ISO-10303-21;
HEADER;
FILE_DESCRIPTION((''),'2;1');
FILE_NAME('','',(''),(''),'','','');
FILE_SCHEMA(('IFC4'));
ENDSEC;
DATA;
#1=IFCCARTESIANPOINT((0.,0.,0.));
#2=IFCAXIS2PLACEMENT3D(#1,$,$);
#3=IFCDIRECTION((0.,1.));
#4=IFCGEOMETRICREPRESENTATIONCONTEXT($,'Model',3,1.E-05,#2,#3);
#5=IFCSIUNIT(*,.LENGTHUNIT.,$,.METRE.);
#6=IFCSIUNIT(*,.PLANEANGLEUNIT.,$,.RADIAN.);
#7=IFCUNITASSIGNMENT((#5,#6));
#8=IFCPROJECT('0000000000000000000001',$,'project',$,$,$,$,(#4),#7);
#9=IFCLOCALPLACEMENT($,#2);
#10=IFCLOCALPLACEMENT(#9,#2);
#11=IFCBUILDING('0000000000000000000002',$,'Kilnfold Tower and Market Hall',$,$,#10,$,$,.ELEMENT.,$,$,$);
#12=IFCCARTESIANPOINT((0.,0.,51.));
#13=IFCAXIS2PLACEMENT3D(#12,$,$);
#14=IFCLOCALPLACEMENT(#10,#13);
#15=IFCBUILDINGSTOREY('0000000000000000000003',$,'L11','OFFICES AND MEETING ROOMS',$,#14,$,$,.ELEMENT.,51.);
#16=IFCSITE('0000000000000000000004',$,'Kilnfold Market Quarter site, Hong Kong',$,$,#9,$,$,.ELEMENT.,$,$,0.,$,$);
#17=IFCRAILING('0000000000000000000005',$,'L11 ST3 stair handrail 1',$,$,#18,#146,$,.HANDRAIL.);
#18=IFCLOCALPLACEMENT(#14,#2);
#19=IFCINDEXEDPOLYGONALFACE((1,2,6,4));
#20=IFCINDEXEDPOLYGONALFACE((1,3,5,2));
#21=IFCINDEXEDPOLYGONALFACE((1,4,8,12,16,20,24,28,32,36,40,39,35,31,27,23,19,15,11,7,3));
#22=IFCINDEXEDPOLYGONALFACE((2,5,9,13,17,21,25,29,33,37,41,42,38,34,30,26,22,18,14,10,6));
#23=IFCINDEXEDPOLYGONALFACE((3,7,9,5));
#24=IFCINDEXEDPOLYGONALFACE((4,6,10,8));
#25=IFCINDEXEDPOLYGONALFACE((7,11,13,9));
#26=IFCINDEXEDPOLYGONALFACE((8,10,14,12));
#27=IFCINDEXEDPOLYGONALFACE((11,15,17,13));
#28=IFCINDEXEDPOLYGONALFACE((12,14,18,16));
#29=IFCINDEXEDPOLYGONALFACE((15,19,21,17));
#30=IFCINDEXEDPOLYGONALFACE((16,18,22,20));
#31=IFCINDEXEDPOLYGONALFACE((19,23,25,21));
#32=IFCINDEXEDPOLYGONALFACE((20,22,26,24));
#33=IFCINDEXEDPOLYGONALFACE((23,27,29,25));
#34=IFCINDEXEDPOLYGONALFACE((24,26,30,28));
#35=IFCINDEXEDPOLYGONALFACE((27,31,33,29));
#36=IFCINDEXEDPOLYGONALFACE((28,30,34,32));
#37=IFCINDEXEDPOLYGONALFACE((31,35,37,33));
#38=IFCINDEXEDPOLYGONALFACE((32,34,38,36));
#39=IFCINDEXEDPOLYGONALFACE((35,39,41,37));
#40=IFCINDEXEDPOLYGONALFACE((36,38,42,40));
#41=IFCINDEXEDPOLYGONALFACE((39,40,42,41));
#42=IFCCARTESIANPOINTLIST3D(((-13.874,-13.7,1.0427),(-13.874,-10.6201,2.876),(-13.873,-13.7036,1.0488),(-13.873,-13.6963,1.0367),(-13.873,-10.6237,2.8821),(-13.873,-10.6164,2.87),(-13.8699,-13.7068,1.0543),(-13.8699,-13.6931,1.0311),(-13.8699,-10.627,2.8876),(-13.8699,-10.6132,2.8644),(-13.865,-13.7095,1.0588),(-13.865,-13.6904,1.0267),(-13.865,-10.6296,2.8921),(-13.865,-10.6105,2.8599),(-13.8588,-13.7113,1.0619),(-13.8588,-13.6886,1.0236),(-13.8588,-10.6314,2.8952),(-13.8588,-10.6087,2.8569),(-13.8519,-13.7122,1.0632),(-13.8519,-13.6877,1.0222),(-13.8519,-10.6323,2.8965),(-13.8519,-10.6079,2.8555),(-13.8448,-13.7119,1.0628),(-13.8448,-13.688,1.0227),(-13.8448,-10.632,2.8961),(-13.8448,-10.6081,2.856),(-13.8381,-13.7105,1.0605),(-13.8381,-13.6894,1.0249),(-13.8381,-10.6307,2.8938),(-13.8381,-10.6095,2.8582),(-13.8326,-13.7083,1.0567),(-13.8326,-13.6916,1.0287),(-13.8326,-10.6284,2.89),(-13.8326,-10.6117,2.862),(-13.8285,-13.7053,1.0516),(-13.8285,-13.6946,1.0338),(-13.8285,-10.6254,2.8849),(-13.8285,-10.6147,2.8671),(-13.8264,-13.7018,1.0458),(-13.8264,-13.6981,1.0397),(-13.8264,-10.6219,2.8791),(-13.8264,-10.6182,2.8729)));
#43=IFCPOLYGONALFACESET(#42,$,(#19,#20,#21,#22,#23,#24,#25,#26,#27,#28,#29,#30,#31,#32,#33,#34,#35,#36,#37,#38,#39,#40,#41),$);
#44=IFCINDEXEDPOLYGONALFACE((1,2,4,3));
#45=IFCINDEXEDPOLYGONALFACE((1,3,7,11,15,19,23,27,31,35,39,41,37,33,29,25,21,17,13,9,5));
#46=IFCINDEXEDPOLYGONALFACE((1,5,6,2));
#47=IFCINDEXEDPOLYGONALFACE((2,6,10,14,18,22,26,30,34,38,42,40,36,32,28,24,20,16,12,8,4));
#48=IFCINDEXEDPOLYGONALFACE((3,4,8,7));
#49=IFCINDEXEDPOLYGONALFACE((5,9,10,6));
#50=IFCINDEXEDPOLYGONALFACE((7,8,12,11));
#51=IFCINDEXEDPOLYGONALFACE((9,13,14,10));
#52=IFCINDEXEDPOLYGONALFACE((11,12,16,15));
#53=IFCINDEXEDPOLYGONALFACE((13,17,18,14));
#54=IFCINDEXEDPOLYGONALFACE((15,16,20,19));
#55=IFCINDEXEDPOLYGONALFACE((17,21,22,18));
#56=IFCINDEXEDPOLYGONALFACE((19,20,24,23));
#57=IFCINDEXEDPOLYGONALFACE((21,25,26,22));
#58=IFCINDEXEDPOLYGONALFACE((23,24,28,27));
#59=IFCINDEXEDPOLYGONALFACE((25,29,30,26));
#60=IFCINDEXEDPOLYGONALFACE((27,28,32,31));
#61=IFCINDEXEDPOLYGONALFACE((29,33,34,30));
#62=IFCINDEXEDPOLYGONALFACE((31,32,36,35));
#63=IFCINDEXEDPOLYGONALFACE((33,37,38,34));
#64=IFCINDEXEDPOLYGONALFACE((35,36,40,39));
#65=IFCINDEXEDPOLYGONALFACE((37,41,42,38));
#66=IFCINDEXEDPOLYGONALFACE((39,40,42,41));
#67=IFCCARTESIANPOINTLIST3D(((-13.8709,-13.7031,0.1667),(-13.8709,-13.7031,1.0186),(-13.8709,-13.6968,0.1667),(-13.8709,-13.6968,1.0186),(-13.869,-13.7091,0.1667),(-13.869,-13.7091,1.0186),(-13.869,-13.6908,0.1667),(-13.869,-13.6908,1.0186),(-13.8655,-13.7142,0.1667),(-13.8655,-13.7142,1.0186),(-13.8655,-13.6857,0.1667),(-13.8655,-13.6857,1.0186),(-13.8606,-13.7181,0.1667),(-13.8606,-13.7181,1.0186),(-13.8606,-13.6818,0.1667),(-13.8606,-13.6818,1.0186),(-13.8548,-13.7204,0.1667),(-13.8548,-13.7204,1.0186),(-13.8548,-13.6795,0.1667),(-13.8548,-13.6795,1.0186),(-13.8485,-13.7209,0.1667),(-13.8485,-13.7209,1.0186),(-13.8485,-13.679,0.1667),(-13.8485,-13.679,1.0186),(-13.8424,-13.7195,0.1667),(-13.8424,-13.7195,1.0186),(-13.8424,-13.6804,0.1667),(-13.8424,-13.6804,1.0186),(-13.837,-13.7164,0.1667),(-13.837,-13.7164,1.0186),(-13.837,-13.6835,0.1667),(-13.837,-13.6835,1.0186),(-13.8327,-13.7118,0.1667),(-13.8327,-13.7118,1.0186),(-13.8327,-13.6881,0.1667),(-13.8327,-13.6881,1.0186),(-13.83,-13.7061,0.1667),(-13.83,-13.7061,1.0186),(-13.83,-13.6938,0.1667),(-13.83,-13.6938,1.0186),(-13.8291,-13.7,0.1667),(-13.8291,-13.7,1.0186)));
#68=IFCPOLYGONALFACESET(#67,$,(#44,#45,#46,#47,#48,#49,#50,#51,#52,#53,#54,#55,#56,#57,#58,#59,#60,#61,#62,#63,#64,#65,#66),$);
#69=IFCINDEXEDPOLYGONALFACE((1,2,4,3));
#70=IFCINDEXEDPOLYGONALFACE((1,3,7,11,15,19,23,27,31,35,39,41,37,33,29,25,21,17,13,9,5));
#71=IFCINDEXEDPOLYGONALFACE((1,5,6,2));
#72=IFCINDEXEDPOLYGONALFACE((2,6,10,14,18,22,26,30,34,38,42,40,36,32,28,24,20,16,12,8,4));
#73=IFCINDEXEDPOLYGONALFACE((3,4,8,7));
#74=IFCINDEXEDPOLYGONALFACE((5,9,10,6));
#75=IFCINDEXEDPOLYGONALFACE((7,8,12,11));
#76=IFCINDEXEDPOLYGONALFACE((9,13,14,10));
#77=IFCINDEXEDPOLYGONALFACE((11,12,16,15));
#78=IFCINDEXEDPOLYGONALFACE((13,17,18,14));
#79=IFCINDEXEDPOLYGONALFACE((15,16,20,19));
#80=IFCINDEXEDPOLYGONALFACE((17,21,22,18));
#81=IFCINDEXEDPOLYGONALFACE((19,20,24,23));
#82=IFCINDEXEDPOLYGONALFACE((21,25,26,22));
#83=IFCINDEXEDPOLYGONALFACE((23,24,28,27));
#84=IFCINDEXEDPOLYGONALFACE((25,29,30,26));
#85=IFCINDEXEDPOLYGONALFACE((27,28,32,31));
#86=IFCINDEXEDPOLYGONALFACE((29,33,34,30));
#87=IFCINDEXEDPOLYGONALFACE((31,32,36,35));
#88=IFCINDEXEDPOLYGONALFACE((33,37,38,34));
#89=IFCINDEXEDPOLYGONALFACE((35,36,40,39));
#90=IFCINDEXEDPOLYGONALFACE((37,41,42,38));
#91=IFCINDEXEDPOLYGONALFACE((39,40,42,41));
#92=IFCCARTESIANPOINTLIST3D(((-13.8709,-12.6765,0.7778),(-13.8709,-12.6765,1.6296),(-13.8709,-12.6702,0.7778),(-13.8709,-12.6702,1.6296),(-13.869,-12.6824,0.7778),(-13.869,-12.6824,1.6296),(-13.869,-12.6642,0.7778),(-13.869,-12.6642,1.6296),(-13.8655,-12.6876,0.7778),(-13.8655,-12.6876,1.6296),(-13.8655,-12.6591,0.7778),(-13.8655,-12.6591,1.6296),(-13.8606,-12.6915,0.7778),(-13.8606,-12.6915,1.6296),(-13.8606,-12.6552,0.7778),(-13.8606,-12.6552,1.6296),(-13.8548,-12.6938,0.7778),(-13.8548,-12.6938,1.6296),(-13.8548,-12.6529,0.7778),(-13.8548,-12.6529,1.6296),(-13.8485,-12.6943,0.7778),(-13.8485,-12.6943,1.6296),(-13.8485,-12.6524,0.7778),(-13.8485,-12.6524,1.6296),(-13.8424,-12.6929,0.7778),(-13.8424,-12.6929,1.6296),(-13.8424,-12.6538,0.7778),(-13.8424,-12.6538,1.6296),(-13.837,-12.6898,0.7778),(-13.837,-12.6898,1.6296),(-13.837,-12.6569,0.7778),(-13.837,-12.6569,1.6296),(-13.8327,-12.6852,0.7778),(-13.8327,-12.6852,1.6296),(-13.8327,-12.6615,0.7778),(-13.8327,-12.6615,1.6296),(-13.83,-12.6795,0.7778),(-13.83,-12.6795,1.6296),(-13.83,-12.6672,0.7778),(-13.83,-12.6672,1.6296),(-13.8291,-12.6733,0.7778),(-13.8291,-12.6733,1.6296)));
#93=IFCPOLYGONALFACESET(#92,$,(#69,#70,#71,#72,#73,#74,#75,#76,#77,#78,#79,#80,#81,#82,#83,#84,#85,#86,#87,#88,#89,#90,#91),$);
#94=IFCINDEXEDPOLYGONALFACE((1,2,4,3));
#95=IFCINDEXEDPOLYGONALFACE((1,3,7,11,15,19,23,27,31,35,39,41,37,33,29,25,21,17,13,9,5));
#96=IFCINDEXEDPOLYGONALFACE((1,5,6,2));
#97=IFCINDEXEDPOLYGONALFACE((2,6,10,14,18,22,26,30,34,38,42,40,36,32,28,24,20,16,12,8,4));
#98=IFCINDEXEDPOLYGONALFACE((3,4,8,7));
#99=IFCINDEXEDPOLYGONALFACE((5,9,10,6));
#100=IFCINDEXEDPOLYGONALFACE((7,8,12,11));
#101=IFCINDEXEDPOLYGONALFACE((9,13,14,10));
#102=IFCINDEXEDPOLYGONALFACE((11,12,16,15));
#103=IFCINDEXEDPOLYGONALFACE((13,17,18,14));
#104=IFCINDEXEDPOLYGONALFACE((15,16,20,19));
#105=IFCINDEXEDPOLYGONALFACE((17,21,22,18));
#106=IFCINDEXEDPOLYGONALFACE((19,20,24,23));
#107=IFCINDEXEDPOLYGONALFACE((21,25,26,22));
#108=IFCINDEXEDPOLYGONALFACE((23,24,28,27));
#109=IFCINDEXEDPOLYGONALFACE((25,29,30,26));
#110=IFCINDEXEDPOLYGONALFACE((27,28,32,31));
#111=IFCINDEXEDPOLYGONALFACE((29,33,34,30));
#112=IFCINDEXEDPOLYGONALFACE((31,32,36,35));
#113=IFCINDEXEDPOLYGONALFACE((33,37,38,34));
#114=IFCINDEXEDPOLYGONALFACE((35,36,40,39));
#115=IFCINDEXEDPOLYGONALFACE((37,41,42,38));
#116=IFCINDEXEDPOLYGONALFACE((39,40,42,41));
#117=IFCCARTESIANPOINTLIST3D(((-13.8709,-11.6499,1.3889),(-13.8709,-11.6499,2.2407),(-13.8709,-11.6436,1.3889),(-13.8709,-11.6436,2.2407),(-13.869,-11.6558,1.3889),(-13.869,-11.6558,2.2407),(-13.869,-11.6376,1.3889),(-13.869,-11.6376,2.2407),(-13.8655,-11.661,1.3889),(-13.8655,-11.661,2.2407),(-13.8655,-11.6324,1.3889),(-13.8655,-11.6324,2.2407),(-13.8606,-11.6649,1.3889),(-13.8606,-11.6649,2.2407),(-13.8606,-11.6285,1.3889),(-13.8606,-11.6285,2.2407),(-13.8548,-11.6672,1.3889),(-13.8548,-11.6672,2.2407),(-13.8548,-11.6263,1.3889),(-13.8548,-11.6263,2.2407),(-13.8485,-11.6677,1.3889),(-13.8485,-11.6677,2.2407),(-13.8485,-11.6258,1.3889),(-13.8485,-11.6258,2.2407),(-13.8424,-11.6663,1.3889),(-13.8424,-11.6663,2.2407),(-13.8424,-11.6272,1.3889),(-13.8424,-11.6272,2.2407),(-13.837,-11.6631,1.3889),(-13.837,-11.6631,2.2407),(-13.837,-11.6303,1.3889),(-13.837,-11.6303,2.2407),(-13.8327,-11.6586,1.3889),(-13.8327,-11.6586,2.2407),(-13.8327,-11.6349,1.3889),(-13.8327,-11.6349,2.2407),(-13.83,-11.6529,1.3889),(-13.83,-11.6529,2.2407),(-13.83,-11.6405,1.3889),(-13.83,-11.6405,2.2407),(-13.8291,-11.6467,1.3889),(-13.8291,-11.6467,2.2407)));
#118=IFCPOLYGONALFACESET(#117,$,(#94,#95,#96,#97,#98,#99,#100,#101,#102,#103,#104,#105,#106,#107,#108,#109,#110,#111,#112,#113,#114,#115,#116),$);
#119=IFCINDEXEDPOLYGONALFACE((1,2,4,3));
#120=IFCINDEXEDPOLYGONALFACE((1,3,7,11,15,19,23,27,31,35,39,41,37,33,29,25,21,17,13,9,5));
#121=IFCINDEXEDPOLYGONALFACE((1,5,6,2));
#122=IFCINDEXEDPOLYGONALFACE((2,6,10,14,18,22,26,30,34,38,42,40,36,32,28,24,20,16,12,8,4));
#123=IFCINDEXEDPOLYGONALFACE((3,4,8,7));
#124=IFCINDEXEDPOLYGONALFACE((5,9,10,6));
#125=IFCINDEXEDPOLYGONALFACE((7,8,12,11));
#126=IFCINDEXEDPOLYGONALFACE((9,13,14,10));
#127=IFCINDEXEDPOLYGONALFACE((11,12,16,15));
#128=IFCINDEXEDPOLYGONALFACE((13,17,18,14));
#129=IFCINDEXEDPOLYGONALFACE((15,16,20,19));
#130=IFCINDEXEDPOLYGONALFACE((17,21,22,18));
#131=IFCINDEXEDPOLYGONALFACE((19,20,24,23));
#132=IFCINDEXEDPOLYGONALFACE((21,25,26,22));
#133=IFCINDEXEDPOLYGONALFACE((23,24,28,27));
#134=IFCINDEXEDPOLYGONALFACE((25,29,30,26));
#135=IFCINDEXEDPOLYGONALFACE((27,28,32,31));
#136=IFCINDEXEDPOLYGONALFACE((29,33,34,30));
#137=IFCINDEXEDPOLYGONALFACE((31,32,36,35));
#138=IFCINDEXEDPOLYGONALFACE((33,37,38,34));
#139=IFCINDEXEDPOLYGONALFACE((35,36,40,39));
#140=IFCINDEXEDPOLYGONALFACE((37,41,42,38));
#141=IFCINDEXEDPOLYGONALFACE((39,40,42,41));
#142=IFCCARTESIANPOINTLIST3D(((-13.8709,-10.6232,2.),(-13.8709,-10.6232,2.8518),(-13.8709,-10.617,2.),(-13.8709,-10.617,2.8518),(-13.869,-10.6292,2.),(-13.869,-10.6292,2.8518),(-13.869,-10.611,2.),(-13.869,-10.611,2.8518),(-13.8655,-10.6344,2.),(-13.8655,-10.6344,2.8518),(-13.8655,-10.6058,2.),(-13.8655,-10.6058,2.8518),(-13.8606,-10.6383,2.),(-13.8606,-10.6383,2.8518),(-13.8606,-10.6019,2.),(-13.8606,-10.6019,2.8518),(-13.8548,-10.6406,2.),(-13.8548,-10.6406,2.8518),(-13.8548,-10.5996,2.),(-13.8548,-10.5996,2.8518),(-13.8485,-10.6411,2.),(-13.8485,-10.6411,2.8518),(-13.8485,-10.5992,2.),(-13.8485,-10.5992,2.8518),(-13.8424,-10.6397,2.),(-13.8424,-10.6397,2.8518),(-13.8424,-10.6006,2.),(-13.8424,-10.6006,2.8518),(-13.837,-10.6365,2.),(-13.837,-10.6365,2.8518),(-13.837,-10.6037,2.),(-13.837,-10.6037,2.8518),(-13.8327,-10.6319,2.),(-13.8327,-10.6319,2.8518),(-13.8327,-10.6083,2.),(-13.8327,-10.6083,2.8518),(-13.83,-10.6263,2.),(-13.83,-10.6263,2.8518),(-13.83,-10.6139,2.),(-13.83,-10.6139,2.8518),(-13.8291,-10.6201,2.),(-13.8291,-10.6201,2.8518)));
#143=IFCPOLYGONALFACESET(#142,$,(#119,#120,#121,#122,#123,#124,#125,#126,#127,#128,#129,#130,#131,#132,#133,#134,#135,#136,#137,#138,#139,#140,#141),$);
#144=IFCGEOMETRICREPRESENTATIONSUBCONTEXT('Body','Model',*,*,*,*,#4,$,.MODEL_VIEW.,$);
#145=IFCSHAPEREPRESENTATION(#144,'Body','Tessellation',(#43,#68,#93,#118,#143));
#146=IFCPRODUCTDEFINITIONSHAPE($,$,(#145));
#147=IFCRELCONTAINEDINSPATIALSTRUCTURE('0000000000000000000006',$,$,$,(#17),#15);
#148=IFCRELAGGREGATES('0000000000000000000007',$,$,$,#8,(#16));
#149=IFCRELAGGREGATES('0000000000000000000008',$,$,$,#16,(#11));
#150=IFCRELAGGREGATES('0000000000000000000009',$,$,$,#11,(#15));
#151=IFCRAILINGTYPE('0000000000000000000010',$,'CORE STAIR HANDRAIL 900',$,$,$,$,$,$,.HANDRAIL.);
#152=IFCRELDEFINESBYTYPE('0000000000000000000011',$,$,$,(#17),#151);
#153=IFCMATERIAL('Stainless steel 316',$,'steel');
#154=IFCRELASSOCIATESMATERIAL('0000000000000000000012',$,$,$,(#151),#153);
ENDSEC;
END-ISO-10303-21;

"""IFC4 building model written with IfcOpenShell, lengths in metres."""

from ifc_helpers import new_model, si_unit, direction, frame, origin, origin_2d, place, context, subcontext, project, spatial, circle, extrude, material, type_object, element, save


model = new_model("IFC4")

# Units and contexts
model_context = context("Model", 3, precision=1e-05, world=origin(), true_north=direction((0.0, 1.0)))
body_context = subcontext(model_context, "Body", "Model", "MODEL_VIEW")
ifc_project = project(units=[si_unit("LENGTHUNIT", "METRE"), si_unit("PLANEANGLEUNIT", "RADIAN")], contexts=[model_context])

# Site, building, storey
site_placement = place(None, origin())
site = spatial("IfcSite", under=ifc_project, at=site_placement, Name="Kilnfold Market Quarter site, Hong Kong", CompositionType="ELEMENT", RefElevation=0.0)
building_placement = place(site_placement, origin())
building = spatial("IfcBuilding", under=site, at=building_placement, Name="Kilnfold Tower and Market Hall", CompositionType="ELEMENT")
storey_placement = place(building_placement, frame((0.0, 0.0, 51.0)))
storey = spatial("IfcBuildingStorey", under=building, at=storey_placement, Name="L11", Description="OFFICES AND MEETING ROOMS", CompositionType="ELEMENT", Elevation=51.0)

# Railing
ifc_material_1 = material(Name="Stainless steel 316", Category="steel")
railing_type_1 = type_object("IfcRailingType", Name="CORE STAIR HANDRAIL 900", PredefinedType="HANDRAIL", material=ifc_material_1)
railing_1_placement = place(storey_placement, frame((-13.8501, -13.7, 0.1667)))
element("IfcRailing", 1, at=railing_1_placement, inside=storey, type_object=railing_type_1, Name="L11 ST3 stair handrail 1", PredefinedType="HANDRAIL", context=body_context, shape_type="SweptSolid", body=[
    extrude(circle(Radius=0.0239, at=origin_2d()), frame((0.0, 0.0, 0.876), z_axis=(0.0, 0.859291, 0.511487), x_axis=(-1.0, 0.0, 0.0)), (0.0, 0.0, 1.0), 3.5842),
    extrude(circle(Radius=0.021, at=origin_2d()), origin(), (0.0, 0.0, 1.0), 0.8518),
    extrude(circle(Radius=0.021, at=origin_2d()), frame((0.0, 1.0266, 0.6111)), (0.0, 0.0, 1.0), 0.8518),
    extrude(circle(Radius=0.021, at=origin_2d()), frame((0.0, 2.0532, 1.2222)), (0.0, 0.0, 1.0), 0.8518),
    extrude(circle(Radius=0.021, at=origin_2d()), frame((0.0, 3.0798, 1.8333)), (0.0, 0.0, 1.0), 0.8518),
])

save(model, "model.ifc")
